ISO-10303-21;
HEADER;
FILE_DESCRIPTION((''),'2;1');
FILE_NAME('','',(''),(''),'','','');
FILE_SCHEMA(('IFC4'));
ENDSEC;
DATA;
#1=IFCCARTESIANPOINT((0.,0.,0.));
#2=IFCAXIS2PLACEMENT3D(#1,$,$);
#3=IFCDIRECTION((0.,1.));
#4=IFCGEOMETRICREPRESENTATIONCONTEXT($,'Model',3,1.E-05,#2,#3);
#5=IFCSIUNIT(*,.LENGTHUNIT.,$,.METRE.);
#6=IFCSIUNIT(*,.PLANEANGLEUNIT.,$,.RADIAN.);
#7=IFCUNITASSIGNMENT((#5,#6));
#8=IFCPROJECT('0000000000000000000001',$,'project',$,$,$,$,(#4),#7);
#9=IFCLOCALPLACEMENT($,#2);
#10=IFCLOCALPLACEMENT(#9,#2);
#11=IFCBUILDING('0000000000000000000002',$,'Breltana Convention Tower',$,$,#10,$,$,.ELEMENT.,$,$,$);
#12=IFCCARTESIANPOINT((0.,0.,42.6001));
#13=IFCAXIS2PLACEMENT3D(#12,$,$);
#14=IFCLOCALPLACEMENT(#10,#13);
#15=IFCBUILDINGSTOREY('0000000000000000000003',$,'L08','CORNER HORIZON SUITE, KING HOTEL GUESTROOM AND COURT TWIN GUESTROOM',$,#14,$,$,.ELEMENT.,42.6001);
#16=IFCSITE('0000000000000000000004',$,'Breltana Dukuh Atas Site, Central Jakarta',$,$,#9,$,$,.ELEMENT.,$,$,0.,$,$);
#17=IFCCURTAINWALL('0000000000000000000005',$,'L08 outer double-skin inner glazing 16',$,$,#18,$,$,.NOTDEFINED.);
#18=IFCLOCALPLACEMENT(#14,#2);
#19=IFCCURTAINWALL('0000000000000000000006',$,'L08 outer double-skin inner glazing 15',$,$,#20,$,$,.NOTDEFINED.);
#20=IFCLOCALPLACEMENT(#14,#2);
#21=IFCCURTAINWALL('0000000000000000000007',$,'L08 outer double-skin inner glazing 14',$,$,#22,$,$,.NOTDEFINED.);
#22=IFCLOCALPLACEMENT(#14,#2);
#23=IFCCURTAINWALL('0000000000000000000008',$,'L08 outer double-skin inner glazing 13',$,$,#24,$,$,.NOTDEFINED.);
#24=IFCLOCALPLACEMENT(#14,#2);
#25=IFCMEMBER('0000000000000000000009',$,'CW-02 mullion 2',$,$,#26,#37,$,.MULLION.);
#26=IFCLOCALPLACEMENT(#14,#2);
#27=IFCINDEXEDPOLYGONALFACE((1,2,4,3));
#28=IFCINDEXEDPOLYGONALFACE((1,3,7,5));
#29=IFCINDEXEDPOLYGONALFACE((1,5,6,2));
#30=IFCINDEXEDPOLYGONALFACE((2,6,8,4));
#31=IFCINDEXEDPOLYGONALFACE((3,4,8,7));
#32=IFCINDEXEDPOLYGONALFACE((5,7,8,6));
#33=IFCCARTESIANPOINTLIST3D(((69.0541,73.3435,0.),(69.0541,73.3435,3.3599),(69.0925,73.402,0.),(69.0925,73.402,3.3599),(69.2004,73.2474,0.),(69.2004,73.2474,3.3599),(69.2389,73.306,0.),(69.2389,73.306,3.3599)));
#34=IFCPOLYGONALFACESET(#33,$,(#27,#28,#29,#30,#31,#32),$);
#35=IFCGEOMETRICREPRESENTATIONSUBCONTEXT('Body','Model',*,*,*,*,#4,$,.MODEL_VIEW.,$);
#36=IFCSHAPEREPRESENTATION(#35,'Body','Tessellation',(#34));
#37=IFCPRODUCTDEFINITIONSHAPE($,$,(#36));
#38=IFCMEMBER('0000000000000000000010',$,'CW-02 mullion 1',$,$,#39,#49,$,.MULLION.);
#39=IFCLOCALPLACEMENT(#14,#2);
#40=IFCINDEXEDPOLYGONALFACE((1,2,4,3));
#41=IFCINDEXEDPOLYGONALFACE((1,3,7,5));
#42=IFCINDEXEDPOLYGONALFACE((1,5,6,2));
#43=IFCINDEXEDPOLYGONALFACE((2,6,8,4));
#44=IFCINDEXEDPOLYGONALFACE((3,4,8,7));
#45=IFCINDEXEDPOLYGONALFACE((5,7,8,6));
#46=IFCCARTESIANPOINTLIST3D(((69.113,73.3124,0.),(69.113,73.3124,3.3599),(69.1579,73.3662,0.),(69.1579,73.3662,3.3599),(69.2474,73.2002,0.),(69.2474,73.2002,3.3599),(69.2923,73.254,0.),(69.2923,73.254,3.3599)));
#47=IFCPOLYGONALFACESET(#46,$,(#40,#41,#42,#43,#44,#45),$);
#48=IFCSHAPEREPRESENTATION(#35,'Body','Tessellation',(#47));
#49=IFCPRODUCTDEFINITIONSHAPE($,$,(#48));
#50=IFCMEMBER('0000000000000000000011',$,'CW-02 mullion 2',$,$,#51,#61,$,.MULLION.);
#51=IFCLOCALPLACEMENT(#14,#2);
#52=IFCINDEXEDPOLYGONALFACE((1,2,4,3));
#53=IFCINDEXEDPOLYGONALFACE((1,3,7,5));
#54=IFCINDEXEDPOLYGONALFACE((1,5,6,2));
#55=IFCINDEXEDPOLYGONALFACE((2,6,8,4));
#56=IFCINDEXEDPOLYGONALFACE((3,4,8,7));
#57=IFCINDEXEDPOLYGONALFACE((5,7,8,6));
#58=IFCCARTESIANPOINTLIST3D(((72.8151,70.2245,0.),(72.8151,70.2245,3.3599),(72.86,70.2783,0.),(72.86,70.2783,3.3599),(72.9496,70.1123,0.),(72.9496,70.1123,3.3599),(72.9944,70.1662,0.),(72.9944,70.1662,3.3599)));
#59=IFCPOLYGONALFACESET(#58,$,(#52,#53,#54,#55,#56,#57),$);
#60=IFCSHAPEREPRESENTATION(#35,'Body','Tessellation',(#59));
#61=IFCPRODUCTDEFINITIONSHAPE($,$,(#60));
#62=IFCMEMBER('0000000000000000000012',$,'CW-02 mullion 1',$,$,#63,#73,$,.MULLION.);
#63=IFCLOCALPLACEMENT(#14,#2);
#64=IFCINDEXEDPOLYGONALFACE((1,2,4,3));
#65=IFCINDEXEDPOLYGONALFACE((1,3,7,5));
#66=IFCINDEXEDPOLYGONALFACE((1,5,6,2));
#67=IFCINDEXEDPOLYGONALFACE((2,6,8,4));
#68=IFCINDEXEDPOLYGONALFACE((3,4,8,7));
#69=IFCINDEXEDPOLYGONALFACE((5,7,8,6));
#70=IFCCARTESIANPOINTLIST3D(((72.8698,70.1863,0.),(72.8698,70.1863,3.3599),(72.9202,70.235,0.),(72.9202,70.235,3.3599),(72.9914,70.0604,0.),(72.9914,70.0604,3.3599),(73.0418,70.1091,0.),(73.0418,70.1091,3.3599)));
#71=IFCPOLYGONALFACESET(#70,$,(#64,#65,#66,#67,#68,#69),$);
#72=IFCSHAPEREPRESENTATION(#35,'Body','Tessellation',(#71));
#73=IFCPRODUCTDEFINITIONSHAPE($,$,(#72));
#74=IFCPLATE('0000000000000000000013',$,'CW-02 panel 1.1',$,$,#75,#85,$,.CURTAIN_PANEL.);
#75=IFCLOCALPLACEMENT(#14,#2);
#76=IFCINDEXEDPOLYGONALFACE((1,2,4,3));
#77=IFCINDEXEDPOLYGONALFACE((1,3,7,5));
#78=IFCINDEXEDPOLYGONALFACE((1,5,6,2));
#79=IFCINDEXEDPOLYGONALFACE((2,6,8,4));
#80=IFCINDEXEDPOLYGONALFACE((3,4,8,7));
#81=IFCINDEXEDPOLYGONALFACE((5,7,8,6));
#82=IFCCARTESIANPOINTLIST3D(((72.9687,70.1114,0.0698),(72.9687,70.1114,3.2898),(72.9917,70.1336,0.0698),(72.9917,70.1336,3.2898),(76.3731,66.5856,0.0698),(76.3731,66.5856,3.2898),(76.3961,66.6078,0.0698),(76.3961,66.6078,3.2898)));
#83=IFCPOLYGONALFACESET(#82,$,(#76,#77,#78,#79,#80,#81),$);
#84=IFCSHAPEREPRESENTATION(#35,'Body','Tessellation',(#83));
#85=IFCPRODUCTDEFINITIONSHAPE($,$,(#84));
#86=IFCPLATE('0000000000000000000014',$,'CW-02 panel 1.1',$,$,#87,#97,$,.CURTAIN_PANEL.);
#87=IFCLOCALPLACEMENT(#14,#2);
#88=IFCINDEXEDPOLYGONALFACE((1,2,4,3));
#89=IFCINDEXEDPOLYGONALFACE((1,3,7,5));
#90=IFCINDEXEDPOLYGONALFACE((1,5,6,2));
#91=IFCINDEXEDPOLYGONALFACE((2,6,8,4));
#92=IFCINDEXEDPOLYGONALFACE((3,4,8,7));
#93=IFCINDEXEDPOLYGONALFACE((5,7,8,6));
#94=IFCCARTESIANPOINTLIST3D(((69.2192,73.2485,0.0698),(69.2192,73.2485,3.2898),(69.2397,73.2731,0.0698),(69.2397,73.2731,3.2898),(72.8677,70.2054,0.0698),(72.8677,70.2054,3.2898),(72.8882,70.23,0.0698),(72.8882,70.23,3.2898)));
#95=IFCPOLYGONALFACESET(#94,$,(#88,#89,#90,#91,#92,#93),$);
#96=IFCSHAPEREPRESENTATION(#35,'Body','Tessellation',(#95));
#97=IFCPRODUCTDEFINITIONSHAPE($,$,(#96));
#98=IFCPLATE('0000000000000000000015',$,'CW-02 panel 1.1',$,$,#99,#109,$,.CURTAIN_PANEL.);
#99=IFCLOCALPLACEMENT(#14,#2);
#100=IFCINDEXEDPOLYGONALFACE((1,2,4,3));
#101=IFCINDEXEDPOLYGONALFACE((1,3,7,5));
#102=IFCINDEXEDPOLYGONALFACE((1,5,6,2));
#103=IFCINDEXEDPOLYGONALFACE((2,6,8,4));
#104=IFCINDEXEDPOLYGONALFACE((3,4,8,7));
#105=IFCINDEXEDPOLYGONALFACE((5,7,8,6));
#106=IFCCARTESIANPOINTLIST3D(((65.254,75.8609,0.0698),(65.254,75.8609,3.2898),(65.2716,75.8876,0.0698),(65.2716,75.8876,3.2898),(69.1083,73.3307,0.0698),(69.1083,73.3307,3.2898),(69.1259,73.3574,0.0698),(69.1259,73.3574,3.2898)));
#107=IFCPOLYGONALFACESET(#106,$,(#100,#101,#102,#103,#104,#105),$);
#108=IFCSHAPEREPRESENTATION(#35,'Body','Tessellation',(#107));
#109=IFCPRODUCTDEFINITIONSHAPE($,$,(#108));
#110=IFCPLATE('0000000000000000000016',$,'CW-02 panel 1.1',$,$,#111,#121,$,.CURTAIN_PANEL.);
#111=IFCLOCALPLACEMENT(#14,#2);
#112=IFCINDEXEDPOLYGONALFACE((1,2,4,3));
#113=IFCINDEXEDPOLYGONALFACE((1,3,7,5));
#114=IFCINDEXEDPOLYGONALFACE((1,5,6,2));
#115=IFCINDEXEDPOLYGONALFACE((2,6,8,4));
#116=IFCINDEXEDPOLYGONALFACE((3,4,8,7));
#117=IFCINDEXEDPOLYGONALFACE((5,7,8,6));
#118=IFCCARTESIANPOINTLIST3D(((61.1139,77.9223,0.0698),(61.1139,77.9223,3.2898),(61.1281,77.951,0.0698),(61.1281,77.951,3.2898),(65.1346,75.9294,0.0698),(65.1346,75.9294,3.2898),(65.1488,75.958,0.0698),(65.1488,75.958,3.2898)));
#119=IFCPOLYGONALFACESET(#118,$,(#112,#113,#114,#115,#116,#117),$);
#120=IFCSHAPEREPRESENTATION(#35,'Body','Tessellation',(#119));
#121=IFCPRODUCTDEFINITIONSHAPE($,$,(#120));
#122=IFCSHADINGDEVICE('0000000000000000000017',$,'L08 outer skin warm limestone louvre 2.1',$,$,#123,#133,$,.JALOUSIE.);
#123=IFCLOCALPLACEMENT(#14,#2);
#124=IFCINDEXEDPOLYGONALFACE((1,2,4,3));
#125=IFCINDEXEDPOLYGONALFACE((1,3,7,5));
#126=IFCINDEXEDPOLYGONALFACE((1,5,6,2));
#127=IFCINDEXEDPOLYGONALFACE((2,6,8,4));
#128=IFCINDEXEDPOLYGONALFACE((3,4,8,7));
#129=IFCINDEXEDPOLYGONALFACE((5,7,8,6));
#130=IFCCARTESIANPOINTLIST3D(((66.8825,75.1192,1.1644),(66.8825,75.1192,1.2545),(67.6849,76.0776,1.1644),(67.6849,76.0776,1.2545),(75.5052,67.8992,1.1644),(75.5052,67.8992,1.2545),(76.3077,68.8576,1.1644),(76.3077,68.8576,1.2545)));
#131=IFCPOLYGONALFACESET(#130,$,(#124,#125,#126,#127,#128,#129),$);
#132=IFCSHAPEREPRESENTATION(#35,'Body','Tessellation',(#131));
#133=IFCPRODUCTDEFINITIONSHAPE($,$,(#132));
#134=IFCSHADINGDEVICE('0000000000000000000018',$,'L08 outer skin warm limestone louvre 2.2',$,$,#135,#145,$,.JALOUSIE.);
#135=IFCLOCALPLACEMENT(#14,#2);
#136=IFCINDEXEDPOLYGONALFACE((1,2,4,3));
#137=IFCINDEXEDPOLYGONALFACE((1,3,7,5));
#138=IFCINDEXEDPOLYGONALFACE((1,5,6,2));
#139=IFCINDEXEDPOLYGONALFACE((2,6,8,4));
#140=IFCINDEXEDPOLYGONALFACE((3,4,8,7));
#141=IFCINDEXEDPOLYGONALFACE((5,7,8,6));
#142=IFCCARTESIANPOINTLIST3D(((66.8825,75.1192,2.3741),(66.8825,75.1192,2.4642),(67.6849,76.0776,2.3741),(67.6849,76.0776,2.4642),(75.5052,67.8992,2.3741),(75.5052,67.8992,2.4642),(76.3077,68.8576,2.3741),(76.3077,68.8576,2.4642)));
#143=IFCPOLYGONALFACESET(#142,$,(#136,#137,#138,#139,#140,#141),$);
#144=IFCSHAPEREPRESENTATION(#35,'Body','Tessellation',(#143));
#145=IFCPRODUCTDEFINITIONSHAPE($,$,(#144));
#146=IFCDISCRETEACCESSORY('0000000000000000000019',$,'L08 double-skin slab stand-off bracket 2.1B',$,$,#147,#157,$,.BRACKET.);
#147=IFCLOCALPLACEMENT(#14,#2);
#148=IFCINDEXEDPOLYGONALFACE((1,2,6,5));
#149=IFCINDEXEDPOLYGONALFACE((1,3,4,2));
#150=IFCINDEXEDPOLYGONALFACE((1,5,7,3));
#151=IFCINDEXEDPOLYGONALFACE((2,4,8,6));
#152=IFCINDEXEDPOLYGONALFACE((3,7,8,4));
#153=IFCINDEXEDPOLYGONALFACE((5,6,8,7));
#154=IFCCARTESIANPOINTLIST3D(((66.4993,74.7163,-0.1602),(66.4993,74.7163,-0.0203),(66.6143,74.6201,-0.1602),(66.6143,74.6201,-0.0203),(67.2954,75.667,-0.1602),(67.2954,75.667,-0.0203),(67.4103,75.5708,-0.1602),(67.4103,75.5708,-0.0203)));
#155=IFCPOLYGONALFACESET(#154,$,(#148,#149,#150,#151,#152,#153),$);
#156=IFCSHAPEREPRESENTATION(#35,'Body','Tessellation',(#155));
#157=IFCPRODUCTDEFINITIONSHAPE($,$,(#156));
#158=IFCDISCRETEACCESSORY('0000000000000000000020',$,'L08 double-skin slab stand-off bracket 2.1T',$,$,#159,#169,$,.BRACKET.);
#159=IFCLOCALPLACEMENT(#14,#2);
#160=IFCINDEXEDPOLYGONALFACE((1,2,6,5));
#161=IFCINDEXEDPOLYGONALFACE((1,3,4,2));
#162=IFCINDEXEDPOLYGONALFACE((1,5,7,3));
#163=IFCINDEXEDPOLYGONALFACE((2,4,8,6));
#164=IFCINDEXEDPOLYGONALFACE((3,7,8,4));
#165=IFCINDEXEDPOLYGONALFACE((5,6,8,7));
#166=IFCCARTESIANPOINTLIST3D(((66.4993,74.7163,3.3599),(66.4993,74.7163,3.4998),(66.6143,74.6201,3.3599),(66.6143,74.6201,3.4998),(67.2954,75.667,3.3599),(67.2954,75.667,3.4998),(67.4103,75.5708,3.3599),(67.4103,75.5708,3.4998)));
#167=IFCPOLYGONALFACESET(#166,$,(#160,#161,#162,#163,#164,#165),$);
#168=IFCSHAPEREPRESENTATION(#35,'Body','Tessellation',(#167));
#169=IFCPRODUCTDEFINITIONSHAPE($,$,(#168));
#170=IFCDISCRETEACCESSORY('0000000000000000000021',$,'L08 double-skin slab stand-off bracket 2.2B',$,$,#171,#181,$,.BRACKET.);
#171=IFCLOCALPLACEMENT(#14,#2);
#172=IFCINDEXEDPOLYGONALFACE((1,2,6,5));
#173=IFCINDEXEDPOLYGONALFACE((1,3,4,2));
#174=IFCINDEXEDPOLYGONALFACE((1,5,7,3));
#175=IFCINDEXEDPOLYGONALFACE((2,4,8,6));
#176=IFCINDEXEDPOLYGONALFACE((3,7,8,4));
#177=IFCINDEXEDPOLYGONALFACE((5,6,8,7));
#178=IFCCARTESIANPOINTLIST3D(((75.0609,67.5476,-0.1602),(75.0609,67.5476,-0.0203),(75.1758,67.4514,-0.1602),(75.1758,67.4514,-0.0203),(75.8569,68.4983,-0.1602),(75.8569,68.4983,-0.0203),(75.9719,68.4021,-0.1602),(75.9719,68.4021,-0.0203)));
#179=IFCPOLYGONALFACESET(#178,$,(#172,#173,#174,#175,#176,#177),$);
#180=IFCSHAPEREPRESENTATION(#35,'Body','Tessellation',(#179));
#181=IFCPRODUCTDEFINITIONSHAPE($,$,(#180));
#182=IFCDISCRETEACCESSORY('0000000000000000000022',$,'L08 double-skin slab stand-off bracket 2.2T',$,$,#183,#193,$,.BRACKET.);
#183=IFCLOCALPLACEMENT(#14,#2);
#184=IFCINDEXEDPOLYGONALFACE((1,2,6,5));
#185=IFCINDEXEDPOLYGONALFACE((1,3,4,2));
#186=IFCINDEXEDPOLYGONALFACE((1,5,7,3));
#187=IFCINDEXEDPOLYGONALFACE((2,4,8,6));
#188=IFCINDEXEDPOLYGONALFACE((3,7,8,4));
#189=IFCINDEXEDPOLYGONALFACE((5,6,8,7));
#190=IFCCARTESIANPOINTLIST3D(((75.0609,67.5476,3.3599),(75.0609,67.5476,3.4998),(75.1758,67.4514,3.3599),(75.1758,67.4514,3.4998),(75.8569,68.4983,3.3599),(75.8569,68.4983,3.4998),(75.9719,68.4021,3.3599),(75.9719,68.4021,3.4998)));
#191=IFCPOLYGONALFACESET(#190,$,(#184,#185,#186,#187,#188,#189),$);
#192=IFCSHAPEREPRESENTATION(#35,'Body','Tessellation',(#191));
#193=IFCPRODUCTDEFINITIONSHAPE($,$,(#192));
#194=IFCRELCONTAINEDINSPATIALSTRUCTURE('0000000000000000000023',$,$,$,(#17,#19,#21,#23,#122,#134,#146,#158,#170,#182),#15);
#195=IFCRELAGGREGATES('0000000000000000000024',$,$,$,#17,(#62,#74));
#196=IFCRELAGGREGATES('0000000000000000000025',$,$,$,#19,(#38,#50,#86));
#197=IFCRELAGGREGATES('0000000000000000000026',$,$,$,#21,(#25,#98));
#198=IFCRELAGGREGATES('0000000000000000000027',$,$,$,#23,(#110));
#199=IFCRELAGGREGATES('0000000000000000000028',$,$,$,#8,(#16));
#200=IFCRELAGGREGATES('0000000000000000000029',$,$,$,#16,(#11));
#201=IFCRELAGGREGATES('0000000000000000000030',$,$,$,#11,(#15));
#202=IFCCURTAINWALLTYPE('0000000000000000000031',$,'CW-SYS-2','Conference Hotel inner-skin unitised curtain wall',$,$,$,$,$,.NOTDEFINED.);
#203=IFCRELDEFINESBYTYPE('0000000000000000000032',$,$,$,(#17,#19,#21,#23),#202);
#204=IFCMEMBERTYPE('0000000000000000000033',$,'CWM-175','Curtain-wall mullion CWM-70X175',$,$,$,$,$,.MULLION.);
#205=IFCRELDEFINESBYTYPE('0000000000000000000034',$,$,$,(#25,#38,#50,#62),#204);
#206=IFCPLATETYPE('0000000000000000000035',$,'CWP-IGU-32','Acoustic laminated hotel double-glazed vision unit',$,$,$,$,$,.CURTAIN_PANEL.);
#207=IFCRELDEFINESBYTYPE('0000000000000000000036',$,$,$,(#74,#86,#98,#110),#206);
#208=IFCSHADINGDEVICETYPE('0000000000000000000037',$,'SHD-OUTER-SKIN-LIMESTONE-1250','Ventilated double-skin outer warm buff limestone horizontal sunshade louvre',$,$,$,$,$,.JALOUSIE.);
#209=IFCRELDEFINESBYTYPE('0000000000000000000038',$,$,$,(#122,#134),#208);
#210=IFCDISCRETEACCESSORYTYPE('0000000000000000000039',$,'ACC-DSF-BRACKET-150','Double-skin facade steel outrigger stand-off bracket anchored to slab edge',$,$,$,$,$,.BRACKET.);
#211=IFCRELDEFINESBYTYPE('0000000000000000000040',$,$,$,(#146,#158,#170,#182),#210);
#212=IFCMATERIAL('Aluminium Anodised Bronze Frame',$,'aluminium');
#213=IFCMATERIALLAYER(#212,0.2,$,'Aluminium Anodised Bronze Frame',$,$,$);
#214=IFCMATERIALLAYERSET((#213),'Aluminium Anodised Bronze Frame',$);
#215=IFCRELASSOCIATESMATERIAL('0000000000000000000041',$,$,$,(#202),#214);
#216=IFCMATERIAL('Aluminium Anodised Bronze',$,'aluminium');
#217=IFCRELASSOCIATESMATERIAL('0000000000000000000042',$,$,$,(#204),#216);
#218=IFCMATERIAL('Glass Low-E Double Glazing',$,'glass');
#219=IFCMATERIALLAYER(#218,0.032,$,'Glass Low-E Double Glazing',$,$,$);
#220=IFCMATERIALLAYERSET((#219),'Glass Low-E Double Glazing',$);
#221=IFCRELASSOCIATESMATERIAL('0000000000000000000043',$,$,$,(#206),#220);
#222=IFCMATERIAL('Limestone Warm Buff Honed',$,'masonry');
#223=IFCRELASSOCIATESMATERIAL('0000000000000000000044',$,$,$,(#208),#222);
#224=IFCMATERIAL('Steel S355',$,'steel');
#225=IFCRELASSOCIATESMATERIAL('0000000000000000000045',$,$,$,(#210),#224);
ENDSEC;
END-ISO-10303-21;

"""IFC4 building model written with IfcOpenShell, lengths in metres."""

from ifc_helpers import new_model, si_unit, direction, frame, origin, origin_2d, place, context, subcontext, project, spatial, rectangle, extrude, source, transform, mapped, material, layer, layer_set, material_profile, profile_set, type_object, type_shapes, element, aggregate, save


model = new_model("IFC4")

# Units and contexts
model_context = context("Model", 3, precision=1e-05, world=origin(), true_north=direction((0.0, 1.0)))
body_context = subcontext(model_context, "Body", "Model", "MODEL_VIEW")
ifc_project = project(units=[si_unit("LENGTHUNIT", "METRE"), si_unit("PLANEANGLEUNIT", "RADIAN")], contexts=[model_context])

# Site, building, storey
site_placement = place(None, origin())
site = spatial("IfcSite", under=ifc_project, at=site_placement, Name="Breltana Dukuh Atas Site, Central Jakarta", CompositionType="ELEMENT", RefElevation=0.0)
building_placement = place(site_placement, origin())
building = spatial("IfcBuilding", under=site, at=building_placement, Name="Breltana Convention Tower", CompositionType="ELEMENT")
storey_placement = place(building_placement, frame((0.0, 0.0, 42.6001)))
storey = spatial("IfcBuildingStorey", under=building, at=storey_placement, Name="L08", Description="CORNER HORIZON SUITE, KING HOTEL GUESTROOM AND COURT TWIN GUESTROOM", CompositionType="ELEMENT", Elevation=42.6001)

# Curtain walls
ifc_material_1 = material(Name="Aluminium Anodised Bronze Frame", Category="aluminium")
ifc_layer_1 = layer(ifc_material_1, 0.2, Name="Aluminium Anodised Bronze Frame")
ifc_layer_set_1 = layer_set([ifc_layer_1], Name="Aluminium Anodised Bronze Frame")
curtain_wall_type = type_object("IfcCurtainWallType", Name="CW-SYS-2", Description="Conference Hotel inner-skin unitised curtain wall", PredefinedType="NOTDEFINED", material=ifc_layer_set_1)
curtain_wall_1_placement = place(storey_placement, origin())
curtain_wall_1 = element("IfcCurtainWall", 1, at=curtain_wall_1_placement, inside=storey, type_object=curtain_wall_type, Name="L08 outer double-skin inner glazing 16", PredefinedType="NOTDEFINED")
ifc_material_2 = material(Name="Aluminium Anodised Bronze", Category="aluminium")
curtain_wall_2_placement = place(storey_placement, origin())
curtain_wall_2 = element("IfcCurtainWall", 2, at=curtain_wall_2_placement, inside=storey, type_object=curtain_wall_type, Name="L08 outer double-skin inner glazing 15", PredefinedType="NOTDEFINED")
curtain_wall_3_placement = place(storey_placement, origin())
curtain_wall_3 = element("IfcCurtainWall", 3, at=curtain_wall_3_placement, inside=storey, type_object=curtain_wall_type, Name="L08 outer double-skin inner glazing 14", PredefinedType="NOTDEFINED")

# Curtain wall
curtain_wall_4_placement = place(storey_placement, origin())
curtain_wall_4 = element("IfcCurtainWall", 4, at=curtain_wall_4_placement, inside=storey, type_object=curtain_wall_type, Name="L08 outer double-skin inner glazing 13", PredefinedType="NOTDEFINED")
ifc_material_profile_1 = material_profile(ifc_material_2, rectangle(XDim=0.0701, YDim=0.175, at=origin_2d()), Name="CWM-70X175")
ifc_profile_set_1 = profile_set([ifc_material_profile_1], Name="Aluminium Anodised Bronze")
member_type_1 = type_object("IfcMemberType", Name="CWM-175", Description="Curtain-wall mullion CWM-70X175", PredefinedType="MULLION", material=ifc_profile_set_1)
shared_shape_1 = source(origin(), body_context, "Body", "SweptSolid", [
    extrude(rectangle(XDim=0.0701, YDim=0.175, at=origin_2d()), origin(), (0.0, 0.0, 1.0), 3.3599),
])

# Members
member_1_placement = place(storey_placement, frame((69.1465, 73.3247, 0.0), z_axis=(0.0, 0.0, 1.0), x_axis=(0.548784, 0.835964, 0.0)))
member_1 = element("IfcMember", 5, at=member_1_placement, type_object=member_type_1, Name="CW-02 mullion 2", PredefinedType="MULLION", context=body_context, shape_type="MappedRepresentation", body=[
    mapped(shared_shape_1, transform((0.0, 0.0, 0.0), scale=1.0)),
])
member_2_placement = place(storey_placement, frame((69.2026, 73.2832, 0.0), z_axis=(0.0, 0.0, 1.0), x_axis=(0.64052, 0.767941, 0.0)))
member_2 = element("IfcMember", 6, at=member_2_placement, type_object=member_type_1, Name="CW-02 mullion 1", PredefinedType="MULLION", context=body_context, shape_type="MappedRepresentation", body=[
    mapped(shared_shape_1, transform((0.0, 0.0, 0.0), scale=1.0)),
])
member_3_placement = place(storey_placement, frame((72.9048, 70.1953, 0.0), z_axis=(0.0, 0.0, 1.0), x_axis=(0.64052, 0.767941, 0.0)))
member_3 = element("IfcMember", 7, at=member_3_placement, type_object=member_type_1, Name="CW-02 mullion 2", PredefinedType="MULLION", context=body_context, shape_type="MappedRepresentation", body=[
    mapped(shared_shape_1, transform((0.0, 0.0, 0.0), scale=1.0)),
])
member_4_placement = place(storey_placement, frame((72.9558, 70.1477, 0.0), z_axis=(0.0, 0.0, 1.0), x_axis=(0.719386, 0.69461, 0.0)))
member_4 = element("IfcMember", 8, at=member_4_placement, type_object=member_type_1, Name="CW-02 mullion 1", PredefinedType="MULLION", context=body_context, shape_type="MappedRepresentation", body=[
    mapped(shared_shape_1, transform((0.0, 0.0, 0.0), scale=1.0)),
])

# Plates
ifc_material_3 = material(Name="Glass Low-E Double Glazing", Category="glass")
ifc_layer_2 = layer(ifc_material_3, 0.032, Name="Glass Low-E Double Glazing")
ifc_layer_set_2 = layer_set([ifc_layer_2], Name="Glass Low-E Double Glazing")
plate_type = type_object("IfcPlateType", Name="CWP-IGU-32", Description="Acoustic laminated hotel double-glazed vision unit", PredefinedType="CURTAIN_PANEL", material=ifc_layer_set_2)
shared_shape_2 = source(origin(), body_context, "Body", "SweptSolid", [
    extrude(rectangle(XDim=4.9011, YDim=0.032, at=origin_2d()), origin(), (0.0, 0.0, 1.0), 3.22),
])
plate_1_placement = place(storey_placement, frame((74.6824, 68.3596, 0.0698), z_axis=(0.0, 0.0, 1.0), x_axis=(0.69461, -0.719386, 0.0)))
plate_1 = element("IfcPlate", 9, at=plate_1_placement, type_object=plate_type, Name="CW-02 panel 1.1", PredefinedType="CURTAIN_PANEL", context=body_context, shape_type="MappedRepresentation", body=[
    mapped(shared_shape_2, transform((0.0, 0.0, 0.0), scale=1.0)),
])
aggregate(curtain_wall_1, [member_4, plate_1])
shared_shape_3 = source(origin(), body_context, "Body", "SweptSolid", [
    extrude(rectangle(XDim=4.751, YDim=0.032, at=origin_2d()), origin(), (0.0, 0.0, 1.0), 3.22),
])
plate_2_placement = place(storey_placement, frame((71.0537, 71.7393, 0.0698), z_axis=(0.0, 0.0, 1.0), x_axis=(0.767941, -0.64052, 0.0)))
plate_2 = element("IfcPlate", 10, at=plate_2_placement, type_object=plate_type, Name="CW-02 panel 1.1", PredefinedType="CURTAIN_PANEL", context=body_context, shape_type="MappedRepresentation", body=[
    mapped(shared_shape_3, transform((0.0, 0.0, 0.0), scale=1.0)),
])
aggregate(curtain_wall_2, [member_2, member_3, plate_2])
shared_shape_4 = source(origin(), body_context, "Body", "SweptSolid", [
    extrude(rectangle(XDim=4.6106, YDim=0.032, at=origin_2d()), origin(), (0.0, 0.0, 1.0), 3.22),
])
plate_3_placement = place(storey_placement, frame((67.1899, 74.6091, 0.0698), z_axis=(0.0, 0.0, 1.0), x_axis=(0.835964, -0.548784, 0.0)))
plate_3 = element("IfcPlate", 11, at=plate_3_placement, type_object=plate_type, Name="CW-02 panel 1.1", PredefinedType="CURTAIN_PANEL", context=body_context, shape_type="MappedRepresentation", body=[
    mapped(shared_shape_4, transform((0.0, 0.0, 0.0), scale=1.0)),
])
aggregate(curtain_wall_3, [member_1, plate_3])
shared_shape_5 = source(origin(), body_context, "Body", "SweptSolid", [
    extrude(rectangle(XDim=4.4875, YDim=0.032, at=origin_2d()), origin(), (0.0, 0.0, 1.0), 3.22),
])
plate_4_placement = place(storey_placement, frame((63.1313, 76.9402, 0.0698), z_axis=(0.0, 0.0, 1.0), x_axis=(0.895973, -0.444108, 0.0)))
plate_4 = element("IfcPlate", 12, at=plate_4_placement, type_object=plate_type, Name="CW-02 panel 1.1", PredefinedType="CURTAIN_PANEL", context=body_context, shape_type="MappedRepresentation", body=[
    mapped(shared_shape_5, transform((0.0, 0.0, 0.0), scale=1.0)),
])
aggregate(curtain_wall_4, [plate_4])

# Shading devices
ifc_material_4 = material(Name="Limestone Warm Buff Honed", Category="masonry")
ifc_material_profile_2 = material_profile(ifc_material_4, rectangle(XDim=1.25, YDim=0.0901, at=origin_2d()), Name="STN-LVR-1250X90")
ifc_profile_set_2 = profile_set([ifc_material_profile_2], Name="Limestone Warm Buff Honed")
shading_device_type = type_object("IfcShadingDeviceType", Name="SHD-OUTER-SKIN-LIMESTONE-1250", Description="Ventilated double-skin outer warm buff limestone horizontal sunshade louvre", PredefinedType="JALOUSIE", material=ifc_profile_set_2)
shared_shape_6 = source(origin(), body_context, "Body", "SweptSolid", [
    extrude(rectangle(XDim=1.25, YDim=0.0901, at=origin_2d()), origin(), (0.0, 0.0, 1.0), 11.2463),
])
for number, where, z_axis, x_axis, name in (
    (13, (67.2837, 75.5984, 1.2095), (0.766719, -0.641983, 0.0), (0.641983, 0.766719, 0.0), "L08 outer skin warm limestone louvre 2.1"),
    (14, (67.2837, 75.5984, 2.4192), (0.766719, -0.641983, 0.0), (0.641983, 0.766719, 0.0), "L08 outer skin warm limestone louvre 2.2"),
):
    element("IfcShadingDevice", number, at=place(storey_placement, frame(where, z_axis=z_axis, x_axis=x_axis)), inside=storey, type_object=shading_device_type, Name=name, PredefinedType="JALOUSIE", context=body_context, shape_type="MappedRepresentation", body=[
        mapped(shared_shape_6, transform((0.0, 0.0, 0.0), scale=1.0)),
    ])

# Discrete accessories
ifc_material_5 = material(Name="Steel S355", Category="steel")
discrete_accessory_type_1 = type_object("IfcDiscreteAccessoryType", Name="ACC-DSF-BRACKET-150", Description="Double-skin facade steel outrigger stand-off bracket anchored to slab edge", PredefinedType="BRACKET", material=ifc_material_5)
shared_shape_7 = source(origin(), body_context, "Body", "SweptSolid", [
    extrude(rectangle(XDim=1.24, YDim=0.1499, at=origin_2d()), origin(), (0.0, 0.0, 1.0), 0.1399),
])
type_shapes(discrete_accessory_type_1, [shared_shape_7])
for number, where, z_axis, x_axis, name in (
    (15, (66.9548, 75.1436, -0.1602), (0.0, 0.0, 1.0), (0.64199, 0.766713, 0.0), "L08 double-skin slab stand-off bracket 2.1B"),
    (16, (66.9548, 75.1436, 3.3599), (0.0, 0.0, 1.0), (0.64199, 0.766713, 0.0), "L08 double-skin slab stand-off bracket 2.1T"),
    (17, (75.5164, 67.9749, -0.1602), (0.0, 0.0, 1.0), (0.64199, 0.766713, 0.0), "L08 double-skin slab stand-off bracket 2.2B"),
    (18, (75.5164, 67.9749, 3.3599), (0.0, 0.0, 1.0), (0.64199, 0.766713, 0.0), "L08 double-skin slab stand-off bracket 2.2T"),
):
    element("IfcDiscreteAccessory", number, at=place(storey_placement, frame(where, z_axis=z_axis, x_axis=x_axis)), inside=storey, type_object=discrete_accessory_type_1, Name=name, PredefinedType="BRACKET", context=body_context, shape_type="MappedRepresentation", body=[
        mapped(shared_shape_7, transform((0.0, 0.0, 0.0), scale=1.0)),
    ])

save(model, "model.ifc")
